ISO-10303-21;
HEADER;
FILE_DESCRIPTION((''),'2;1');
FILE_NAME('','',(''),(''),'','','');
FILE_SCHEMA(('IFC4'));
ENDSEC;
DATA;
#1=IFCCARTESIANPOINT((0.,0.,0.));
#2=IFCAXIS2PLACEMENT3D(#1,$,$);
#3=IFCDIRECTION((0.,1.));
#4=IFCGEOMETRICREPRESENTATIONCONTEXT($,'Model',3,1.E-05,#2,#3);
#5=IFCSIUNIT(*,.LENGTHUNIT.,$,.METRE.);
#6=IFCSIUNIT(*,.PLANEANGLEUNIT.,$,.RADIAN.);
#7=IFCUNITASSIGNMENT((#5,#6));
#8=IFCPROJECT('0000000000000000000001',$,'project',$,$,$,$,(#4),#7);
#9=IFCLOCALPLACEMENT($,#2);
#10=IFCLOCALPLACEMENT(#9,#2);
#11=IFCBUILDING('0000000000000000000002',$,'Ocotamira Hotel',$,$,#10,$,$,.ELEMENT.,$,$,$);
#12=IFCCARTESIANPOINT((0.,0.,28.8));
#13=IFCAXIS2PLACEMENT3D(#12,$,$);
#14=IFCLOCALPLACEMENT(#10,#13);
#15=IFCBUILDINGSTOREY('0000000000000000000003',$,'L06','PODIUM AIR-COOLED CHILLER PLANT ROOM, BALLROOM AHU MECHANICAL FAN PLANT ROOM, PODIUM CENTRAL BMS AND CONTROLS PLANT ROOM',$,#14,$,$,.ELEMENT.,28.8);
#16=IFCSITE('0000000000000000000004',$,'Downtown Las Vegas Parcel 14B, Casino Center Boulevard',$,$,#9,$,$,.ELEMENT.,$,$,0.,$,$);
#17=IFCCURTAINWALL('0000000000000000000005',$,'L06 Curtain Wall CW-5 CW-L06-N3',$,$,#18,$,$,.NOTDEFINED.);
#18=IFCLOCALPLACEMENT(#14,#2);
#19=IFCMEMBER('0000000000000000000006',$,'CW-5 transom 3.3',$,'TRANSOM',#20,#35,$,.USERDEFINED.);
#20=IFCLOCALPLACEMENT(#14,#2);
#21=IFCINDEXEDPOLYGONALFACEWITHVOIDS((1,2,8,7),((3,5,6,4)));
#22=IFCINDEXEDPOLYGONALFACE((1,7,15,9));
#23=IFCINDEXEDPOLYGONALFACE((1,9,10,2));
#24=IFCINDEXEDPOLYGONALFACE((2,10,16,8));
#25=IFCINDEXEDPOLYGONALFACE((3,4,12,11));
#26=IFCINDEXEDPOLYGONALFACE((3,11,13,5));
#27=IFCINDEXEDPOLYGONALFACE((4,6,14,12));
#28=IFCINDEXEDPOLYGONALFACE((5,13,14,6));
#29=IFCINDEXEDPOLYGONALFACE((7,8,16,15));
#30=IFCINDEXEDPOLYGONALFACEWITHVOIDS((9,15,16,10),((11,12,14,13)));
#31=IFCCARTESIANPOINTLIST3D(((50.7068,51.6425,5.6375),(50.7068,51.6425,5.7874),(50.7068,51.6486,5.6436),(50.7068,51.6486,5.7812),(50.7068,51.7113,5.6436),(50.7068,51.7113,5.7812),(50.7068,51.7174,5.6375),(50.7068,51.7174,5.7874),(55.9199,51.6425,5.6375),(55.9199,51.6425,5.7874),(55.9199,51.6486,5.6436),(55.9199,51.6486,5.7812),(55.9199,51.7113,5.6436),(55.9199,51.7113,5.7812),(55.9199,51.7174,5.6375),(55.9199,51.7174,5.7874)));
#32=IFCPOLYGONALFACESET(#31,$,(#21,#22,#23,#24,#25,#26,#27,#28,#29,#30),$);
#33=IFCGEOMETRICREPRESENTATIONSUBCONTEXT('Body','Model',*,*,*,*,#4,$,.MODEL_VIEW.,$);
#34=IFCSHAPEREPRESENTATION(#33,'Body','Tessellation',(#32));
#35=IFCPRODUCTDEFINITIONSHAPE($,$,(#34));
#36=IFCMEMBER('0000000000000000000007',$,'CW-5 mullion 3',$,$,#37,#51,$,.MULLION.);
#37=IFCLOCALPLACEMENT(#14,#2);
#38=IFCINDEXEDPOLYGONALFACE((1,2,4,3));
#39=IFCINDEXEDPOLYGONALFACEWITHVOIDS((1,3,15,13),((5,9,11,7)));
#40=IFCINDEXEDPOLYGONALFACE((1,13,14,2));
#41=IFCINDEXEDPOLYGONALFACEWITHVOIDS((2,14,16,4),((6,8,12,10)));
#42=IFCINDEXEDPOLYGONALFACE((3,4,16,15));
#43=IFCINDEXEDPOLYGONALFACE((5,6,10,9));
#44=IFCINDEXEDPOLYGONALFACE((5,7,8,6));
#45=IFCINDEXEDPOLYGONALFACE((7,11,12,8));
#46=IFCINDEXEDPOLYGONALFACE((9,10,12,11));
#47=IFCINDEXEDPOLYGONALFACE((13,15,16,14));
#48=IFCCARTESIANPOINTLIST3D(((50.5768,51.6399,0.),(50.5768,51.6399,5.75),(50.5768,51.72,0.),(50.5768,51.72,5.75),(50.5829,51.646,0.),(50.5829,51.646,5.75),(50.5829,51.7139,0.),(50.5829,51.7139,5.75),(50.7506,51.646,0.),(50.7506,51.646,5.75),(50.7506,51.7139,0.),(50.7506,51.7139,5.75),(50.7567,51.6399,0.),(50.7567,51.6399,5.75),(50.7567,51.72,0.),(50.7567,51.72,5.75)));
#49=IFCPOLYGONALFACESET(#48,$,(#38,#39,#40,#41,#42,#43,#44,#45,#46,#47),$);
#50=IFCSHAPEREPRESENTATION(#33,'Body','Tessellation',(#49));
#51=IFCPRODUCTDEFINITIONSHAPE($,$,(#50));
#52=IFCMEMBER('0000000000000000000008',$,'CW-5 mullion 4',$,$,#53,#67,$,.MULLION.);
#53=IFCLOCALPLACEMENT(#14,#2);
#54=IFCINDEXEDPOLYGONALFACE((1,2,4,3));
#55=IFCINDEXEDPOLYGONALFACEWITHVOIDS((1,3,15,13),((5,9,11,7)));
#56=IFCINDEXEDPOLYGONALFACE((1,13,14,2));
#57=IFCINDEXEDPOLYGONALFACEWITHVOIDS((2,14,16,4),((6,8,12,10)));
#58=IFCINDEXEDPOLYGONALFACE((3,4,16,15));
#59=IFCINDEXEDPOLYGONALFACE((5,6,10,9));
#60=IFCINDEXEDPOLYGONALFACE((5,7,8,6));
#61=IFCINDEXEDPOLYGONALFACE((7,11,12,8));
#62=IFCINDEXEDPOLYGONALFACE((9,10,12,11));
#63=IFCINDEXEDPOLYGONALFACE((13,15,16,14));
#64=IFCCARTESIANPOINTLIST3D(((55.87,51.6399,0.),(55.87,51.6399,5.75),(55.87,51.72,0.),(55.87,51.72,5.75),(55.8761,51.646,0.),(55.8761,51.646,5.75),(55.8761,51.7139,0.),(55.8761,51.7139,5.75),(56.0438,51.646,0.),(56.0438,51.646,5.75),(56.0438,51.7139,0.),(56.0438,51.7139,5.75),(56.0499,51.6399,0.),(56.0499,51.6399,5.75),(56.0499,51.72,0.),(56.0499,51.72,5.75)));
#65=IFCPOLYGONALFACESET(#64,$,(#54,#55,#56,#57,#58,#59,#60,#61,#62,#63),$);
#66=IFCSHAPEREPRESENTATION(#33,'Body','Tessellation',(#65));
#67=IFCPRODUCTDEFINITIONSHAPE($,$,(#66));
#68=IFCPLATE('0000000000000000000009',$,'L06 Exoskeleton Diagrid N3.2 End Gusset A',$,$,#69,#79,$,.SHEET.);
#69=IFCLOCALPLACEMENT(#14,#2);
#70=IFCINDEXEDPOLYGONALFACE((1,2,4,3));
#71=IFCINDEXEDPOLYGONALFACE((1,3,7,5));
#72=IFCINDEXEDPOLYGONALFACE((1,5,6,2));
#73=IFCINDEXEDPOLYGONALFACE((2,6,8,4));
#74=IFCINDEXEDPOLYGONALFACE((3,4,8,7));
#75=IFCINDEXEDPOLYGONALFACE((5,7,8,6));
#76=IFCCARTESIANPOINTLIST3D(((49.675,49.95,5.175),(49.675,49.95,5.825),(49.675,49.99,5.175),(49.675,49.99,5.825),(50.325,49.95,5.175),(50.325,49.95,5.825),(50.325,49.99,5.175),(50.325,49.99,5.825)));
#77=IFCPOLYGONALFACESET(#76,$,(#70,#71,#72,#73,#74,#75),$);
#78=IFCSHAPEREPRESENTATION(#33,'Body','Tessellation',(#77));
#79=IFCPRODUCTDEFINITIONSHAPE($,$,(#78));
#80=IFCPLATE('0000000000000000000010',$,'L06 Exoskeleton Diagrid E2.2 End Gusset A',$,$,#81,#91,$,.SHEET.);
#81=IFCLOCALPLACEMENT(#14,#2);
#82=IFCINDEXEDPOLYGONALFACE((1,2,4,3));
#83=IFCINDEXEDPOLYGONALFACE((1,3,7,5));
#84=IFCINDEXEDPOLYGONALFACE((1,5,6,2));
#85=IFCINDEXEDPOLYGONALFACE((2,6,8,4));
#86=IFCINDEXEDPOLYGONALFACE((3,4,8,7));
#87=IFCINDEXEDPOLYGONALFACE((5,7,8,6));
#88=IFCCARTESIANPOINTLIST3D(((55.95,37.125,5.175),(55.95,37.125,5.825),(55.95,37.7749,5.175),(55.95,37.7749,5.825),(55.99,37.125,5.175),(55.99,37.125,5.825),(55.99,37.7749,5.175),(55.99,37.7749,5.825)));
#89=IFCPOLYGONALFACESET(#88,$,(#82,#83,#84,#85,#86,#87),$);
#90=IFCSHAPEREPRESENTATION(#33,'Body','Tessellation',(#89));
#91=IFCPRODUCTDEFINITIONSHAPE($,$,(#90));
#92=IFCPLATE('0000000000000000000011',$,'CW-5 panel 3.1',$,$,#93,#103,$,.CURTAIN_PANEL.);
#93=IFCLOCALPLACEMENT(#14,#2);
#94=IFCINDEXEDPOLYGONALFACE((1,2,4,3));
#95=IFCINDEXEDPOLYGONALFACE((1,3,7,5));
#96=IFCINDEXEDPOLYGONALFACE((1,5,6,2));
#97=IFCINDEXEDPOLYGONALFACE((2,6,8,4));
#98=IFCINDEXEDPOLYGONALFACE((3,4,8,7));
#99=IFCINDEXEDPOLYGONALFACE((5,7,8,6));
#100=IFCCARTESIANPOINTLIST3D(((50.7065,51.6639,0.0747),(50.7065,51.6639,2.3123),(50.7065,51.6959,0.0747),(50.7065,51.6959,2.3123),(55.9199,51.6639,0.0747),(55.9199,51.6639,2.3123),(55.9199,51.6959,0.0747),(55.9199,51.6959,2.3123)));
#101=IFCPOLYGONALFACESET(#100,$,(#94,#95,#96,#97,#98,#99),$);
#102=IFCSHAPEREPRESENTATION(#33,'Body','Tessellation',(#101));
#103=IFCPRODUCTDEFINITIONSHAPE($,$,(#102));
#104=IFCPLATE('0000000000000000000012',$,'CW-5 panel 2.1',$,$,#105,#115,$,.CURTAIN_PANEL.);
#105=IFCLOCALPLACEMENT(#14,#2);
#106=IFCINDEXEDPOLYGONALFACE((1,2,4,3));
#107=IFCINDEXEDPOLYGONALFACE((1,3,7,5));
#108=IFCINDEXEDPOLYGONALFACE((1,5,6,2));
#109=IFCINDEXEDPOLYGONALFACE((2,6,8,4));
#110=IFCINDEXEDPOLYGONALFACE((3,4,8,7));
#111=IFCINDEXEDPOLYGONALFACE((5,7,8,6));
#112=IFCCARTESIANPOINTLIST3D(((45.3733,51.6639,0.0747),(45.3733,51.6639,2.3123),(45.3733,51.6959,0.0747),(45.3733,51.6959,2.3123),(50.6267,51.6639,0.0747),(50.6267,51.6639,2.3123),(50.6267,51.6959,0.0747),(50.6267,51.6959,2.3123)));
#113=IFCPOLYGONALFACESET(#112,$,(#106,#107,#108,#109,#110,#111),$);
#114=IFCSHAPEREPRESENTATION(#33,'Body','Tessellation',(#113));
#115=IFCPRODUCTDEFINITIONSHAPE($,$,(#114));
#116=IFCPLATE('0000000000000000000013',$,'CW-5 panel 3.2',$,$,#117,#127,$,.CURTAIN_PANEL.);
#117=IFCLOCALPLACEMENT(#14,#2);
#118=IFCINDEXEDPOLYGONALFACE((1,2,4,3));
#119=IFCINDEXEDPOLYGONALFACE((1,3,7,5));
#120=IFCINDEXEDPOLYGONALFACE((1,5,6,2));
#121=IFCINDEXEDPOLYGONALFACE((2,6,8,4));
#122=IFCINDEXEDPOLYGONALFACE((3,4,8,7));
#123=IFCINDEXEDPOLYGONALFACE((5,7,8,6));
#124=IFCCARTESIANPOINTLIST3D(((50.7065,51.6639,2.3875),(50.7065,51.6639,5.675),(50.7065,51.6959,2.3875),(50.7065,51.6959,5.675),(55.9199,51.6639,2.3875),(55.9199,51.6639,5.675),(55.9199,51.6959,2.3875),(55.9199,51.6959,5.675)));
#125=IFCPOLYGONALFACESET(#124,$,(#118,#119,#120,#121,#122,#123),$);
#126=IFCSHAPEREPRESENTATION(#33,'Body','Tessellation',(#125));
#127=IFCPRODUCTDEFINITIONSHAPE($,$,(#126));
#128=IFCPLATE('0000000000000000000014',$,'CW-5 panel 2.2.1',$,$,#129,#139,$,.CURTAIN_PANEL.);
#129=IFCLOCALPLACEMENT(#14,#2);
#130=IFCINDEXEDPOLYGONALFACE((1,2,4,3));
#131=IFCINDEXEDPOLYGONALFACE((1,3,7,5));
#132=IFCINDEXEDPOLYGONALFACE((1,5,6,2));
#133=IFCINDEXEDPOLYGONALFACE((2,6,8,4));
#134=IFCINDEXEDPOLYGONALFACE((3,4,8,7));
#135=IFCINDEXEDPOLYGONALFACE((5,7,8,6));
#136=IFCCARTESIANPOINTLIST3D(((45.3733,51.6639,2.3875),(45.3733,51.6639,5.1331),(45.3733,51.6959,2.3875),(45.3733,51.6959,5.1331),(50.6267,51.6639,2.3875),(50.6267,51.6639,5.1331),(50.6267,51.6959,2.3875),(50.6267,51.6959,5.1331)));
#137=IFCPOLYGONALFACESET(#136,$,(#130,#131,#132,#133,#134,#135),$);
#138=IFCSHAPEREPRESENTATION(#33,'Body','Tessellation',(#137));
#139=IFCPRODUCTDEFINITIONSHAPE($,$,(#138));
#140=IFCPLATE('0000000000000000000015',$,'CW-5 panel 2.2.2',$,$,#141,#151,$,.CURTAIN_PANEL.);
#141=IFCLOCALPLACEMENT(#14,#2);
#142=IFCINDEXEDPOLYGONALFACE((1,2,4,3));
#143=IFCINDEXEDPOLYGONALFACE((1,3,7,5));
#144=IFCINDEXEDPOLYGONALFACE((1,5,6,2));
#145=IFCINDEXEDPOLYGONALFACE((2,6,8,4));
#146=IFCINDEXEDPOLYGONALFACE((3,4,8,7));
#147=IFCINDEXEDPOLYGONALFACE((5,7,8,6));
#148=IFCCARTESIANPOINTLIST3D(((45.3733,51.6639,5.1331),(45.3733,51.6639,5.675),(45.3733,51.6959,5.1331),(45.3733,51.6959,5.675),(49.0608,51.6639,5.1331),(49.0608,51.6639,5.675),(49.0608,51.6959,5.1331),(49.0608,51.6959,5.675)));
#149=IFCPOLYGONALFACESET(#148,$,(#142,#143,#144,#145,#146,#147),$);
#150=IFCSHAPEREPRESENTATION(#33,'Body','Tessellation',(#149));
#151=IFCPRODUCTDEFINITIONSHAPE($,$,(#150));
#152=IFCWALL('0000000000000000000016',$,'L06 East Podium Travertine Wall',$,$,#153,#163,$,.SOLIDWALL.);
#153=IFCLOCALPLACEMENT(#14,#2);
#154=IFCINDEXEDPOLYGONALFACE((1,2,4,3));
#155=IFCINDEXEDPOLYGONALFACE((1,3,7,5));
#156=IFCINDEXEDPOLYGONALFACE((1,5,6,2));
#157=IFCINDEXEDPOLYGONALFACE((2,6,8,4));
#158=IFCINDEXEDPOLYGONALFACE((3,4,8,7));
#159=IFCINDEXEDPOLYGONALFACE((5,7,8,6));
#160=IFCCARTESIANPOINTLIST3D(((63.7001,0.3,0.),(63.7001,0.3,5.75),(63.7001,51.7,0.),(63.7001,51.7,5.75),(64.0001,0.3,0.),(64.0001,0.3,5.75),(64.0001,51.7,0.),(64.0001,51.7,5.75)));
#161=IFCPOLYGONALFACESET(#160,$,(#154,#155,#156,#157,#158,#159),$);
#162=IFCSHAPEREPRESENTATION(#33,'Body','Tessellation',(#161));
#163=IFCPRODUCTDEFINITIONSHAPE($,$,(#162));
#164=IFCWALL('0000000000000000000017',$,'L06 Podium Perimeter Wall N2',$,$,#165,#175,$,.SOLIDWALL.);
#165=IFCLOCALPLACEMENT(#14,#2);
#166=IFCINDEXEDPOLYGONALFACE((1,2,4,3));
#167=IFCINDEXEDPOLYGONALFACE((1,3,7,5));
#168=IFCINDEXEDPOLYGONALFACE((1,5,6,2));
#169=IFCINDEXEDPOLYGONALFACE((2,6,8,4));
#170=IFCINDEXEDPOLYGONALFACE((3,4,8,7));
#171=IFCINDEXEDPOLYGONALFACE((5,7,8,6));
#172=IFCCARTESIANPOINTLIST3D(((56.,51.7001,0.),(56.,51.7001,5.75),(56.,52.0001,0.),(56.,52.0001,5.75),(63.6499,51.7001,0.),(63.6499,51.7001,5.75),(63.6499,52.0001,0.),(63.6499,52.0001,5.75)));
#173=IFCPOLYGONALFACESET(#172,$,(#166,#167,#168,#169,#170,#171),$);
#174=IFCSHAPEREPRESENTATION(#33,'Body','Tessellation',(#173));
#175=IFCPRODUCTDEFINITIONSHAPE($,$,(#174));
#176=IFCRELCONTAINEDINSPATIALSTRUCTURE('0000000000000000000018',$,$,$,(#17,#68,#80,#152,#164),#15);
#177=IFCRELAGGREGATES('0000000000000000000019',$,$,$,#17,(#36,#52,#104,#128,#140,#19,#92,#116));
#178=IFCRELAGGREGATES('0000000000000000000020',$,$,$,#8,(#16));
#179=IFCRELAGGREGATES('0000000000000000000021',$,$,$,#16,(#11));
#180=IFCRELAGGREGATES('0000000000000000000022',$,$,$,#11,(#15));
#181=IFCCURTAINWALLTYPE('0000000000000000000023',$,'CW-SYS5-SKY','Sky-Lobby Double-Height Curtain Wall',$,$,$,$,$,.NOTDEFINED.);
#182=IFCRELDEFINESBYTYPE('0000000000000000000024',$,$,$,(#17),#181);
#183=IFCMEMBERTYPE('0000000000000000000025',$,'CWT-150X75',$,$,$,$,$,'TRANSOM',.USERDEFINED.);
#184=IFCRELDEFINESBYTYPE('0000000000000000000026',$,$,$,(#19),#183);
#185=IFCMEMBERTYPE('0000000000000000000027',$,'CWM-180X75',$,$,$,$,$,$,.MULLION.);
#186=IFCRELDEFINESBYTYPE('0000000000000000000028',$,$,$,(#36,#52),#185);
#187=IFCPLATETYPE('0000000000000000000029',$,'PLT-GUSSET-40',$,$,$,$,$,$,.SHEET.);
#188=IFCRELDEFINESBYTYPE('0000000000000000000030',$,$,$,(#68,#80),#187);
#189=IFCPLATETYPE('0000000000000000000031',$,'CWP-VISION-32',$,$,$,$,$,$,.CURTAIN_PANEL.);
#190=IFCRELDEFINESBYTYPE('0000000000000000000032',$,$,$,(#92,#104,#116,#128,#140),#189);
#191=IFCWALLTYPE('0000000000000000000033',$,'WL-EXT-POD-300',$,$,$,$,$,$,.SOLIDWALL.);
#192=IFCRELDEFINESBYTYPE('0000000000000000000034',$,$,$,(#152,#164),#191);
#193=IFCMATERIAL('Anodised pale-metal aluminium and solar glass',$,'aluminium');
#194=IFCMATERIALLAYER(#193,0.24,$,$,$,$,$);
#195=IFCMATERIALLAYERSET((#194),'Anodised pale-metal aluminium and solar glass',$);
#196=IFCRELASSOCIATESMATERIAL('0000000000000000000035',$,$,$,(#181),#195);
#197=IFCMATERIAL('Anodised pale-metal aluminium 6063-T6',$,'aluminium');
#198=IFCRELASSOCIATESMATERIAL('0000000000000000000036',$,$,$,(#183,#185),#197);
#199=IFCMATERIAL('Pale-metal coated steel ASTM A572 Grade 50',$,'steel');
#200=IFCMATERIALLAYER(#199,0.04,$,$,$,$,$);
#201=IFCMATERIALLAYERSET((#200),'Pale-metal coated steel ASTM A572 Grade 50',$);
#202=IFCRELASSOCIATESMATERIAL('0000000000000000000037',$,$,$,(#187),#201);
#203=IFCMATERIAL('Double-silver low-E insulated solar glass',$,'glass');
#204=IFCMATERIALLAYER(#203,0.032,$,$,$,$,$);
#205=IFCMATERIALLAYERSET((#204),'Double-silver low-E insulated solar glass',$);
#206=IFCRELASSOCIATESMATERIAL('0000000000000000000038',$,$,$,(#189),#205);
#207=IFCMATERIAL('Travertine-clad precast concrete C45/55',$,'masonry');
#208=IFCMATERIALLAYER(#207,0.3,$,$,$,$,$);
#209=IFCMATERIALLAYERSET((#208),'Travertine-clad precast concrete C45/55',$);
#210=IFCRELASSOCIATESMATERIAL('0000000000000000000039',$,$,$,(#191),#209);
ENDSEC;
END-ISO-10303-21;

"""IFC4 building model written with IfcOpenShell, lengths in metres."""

from ifc_helpers import new_model, si_unit, direction, frame, frame_2d, origin, origin_2d, place, context, subcontext, project, spatial, rectangle, hollow_rectangle, extrude, source, transform, mapped, material, layer, layer_set, material_profile, profile_set, type_object, element, aggregate, save


model = new_model("IFC4")

# Units and contexts
model_context = context("Model", 3, precision=1e-05, world=origin(), true_north=direction((0.0, 1.0)))
body_context = subcontext(model_context, "Body", "Model", "MODEL_VIEW")
ifc_project = project(units=[si_unit("LENGTHUNIT", "METRE"), si_unit("PLANEANGLEUNIT", "RADIAN")], contexts=[model_context])

# Site, building, storey
site_placement = place(None, origin())
site = spatial("IfcSite", under=ifc_project, at=site_placement, Name="Downtown Las Vegas Parcel 14B, Casino Center Boulevard", CompositionType="ELEMENT", RefElevation=0.0)
building_placement = place(site_placement, origin())
building = spatial("IfcBuilding", under=site, at=building_placement, Name="Ocotamira Hotel", CompositionType="ELEMENT")
storey_placement = place(building_placement, frame((0.0, 0.0, 28.8)))
storey = spatial("IfcBuildingStorey", under=building, at=storey_placement, Name="L06", Description="PODIUM AIR-COOLED CHILLER PLANT ROOM, BALLROOM AHU MECHANICAL FAN PLANT ROOM, PODIUM CENTRAL BMS AND CONTROLS PLANT ROOM", CompositionType="ELEMENT", Elevation=28.8)

# Curtain wall, members
ifc_material_1 = material(Name="Anodised pale-metal aluminium and solar glass", Category="aluminium")
ifc_layer_1 = layer(ifc_material_1, 0.24)
ifc_layer_set_1 = layer_set([ifc_layer_1], Name="Anodised pale-metal aluminium and solar glass")
curtain_wall_type = type_object("IfcCurtainWallType", Name="CW-SYS5-SKY", Description="Sky-Lobby Double-Height Curtain Wall", PredefinedType="NOTDEFINED", material=ifc_layer_set_1)
curtain_wall_placement = place(storey_placement, origin())
curtain_wall = element("IfcCurtainWall", 1, at=curtain_wall_placement, inside=storey, type_object=curtain_wall_type, Name="L06 Curtain Wall CW-5 CW-L06-N3", PredefinedType="NOTDEFINED")
ifc_material_2 = material(Name="Anodised pale-metal aluminium 6063-T6", Category="aluminium")
ifc_material_profile_1 = material_profile(ifc_material_2, hollow_rectangle(XDim=0.075, YDim=0.1499, WallThickness=0.0061, at=origin_2d()), Name="HSS150X75X6")
ifc_profile_set_1 = profile_set([ifc_material_profile_1], Name="Anodised pale-metal aluminium 6063-T6")
member_type_1 = type_object("IfcMemberType", Name="CWT-150X75", ElementType="TRANSOM", PredefinedType="USERDEFINED", material=ifc_profile_set_1)
shared_shape_1 = source(origin(), body_context, "Body", "SweptSolid", [
    extrude(hollow_rectangle(XDim=0.075, YDim=0.1499, WallThickness=0.0061, at=origin_2d()), origin(), (0.0, 0.0, 1.0), 5.2131),
])
member_1_placement = place(storey_placement, frame((50.7068, 51.6799, 5.7124), z_axis=(1.0, 0.0, 0.0), x_axis=(0.0, 1.0, 0.0)))
member_1 = element("IfcMember", 2, at=member_1_placement, type_object=member_type_1, Name="CW-5 transom 3.3", ObjectType="TRANSOM", PredefinedType="USERDEFINED", context=body_context, shape_type="MappedRepresentation", body=[
    mapped(shared_shape_1, transform((0.0, 0.0, 0.0), scale=1.0)),
])
ifc_material_profile_2 = material_profile(ifc_material_2, hollow_rectangle(XDim=0.0801, YDim=0.1799, WallThickness=0.0061, at=origin_2d()), Name="HSS180X80X6")
ifc_profile_set_2 = profile_set([ifc_material_profile_2], Name="Anodised pale-metal aluminium 6063-T6")
member_type_2 = type_object("IfcMemberType", Name="CWM-180X75", PredefinedType="MULLION", material=ifc_profile_set_2)
shared_shape_2 = source(origin(), body_context, "Body", "SweptSolid", [
    extrude(hollow_rectangle(XDim=0.0801, YDim=0.1799, WallThickness=0.0061, at=origin_2d()), origin(), (0.0, 0.0, 1.0), 5.75),
])
member_2_placement = place(storey_placement, frame((50.6667, 51.6799, 0.0), z_axis=(0.0, 0.0, 1.0), x_axis=(0.0, 1.0, 0.0)))
member_2 = element("IfcMember", 3, at=member_2_placement, type_object=member_type_2, Name="CW-5 mullion 3", PredefinedType="MULLION", context=body_context, shape_type="MappedRepresentation", body=[
    mapped(shared_shape_2, transform((0.0, 0.0, 0.0), scale=1.0)),
])
member_3_placement = place(storey_placement, frame((55.96, 51.6799, 0.0), z_axis=(0.0, 0.0, 1.0), x_axis=(0.0, 1.0, 0.0)))
member_3 = element("IfcMember", 4, at=member_3_placement, type_object=member_type_2, Name="CW-5 mullion 4", PredefinedType="MULLION", context=body_context, shape_type="MappedRepresentation", body=[
    mapped(shared_shape_2, transform((0.0, 0.0, 0.0), scale=1.0)),
])

# Plates
ifc_material_3 = material(Name="Pale-metal coated steel ASTM A572 Grade 50", Category="steel")
ifc_layer_2 = layer(ifc_material_3, 0.04)
ifc_layer_set_2 = layer_set([ifc_layer_2], Name="Pale-metal coated steel ASTM A572 Grade 50")
plate_type_1 = type_object("IfcPlateType", Name="PLT-GUSSET-40", PredefinedType="SHEET", material=ifc_layer_set_2)
shared_shape_3 = source(origin(), body_context, "Body", "SweptSolid", [
    extrude(rectangle(XDim=0.6499, YDim=0.04, at=origin_2d()), origin(), (0.0, 0.0, 1.0), 0.6499),
])
plate_1_placement = place(storey_placement, frame((50.0, 49.97, 5.175), z_axis=(0.0, 0.0, 1.0), x_axis=(-1.0, 0.0, 0.0)))
element("IfcPlate", 5, at=plate_1_placement, inside=storey, type_object=plate_type_1, Name="L06 Exoskeleton Diagrid N3.2 End Gusset A", PredefinedType="SHEET", context=body_context, shape_type="MappedRepresentation", body=[
    mapped(shared_shape_3, transform((0.0, 0.0, 0.0), scale=1.0)),
])
shared_shape_4 = source(origin(), body_context, "Body", "SweptSolid", [
    extrude(rectangle(XDim=0.04, YDim=0.6499, at=origin_2d()), origin(), (0.0, 0.0, 1.0), 0.6499),
])
plate_2_placement = place(storey_placement, frame((55.97, 37.45, 5.175), z_axis=(0.0, 0.0, 1.0), x_axis=(1.0, 0.0, 0.0)))
element("IfcPlate", 6, at=plate_2_placement, inside=storey, type_object=plate_type_1, Name="L06 Exoskeleton Diagrid E2.2 End Gusset A", PredefinedType="SHEET", context=body_context, shape_type="MappedRepresentation", body=[
    mapped(shared_shape_4, transform((0.0, 0.0, 0.0), scale=1.0)),
])

# Plates
ifc_material_4 = material(Name="Double-silver low-E insulated solar glass", Category="glass")
ifc_layer_3 = layer(ifc_material_4, 0.032)
ifc_layer_set_3 = layer_set([ifc_layer_3], Name="Double-silver low-E insulated solar glass")
plate_type_2 = type_object("IfcPlateType", Name="CWP-VISION-32", PredefinedType="CURTAIN_PANEL", material=ifc_layer_set_3)
shared_shape_5 = source(origin(), body_context, "Body", "SweptSolid", [
    extrude(rectangle(XDim=5.2134, YDim=0.032, at=origin_2d()), origin(), (0.0, 0.0, 1.0), 2.2375),
])
plate_3_placement = place(storey_placement, frame((53.3132, 51.6799, 0.0747), z_axis=(0.0, 0.0, 1.0), x_axis=(1.0, 0.0, 0.0)))
plate_3 = element("IfcPlate", 7, at=plate_3_placement, type_object=plate_type_2, Name="CW-5 panel 3.1", PredefinedType="CURTAIN_PANEL", context=body_context, shape_type="MappedRepresentation", body=[
    mapped(shared_shape_5, transform((0.0, 0.0, 0.0), scale=1.0)),
])
shared_shape_6 = source(origin(), body_context, "Body", "SweptSolid", [
    extrude(rectangle(XDim=5.2534, YDim=0.032, at=origin_2d()), origin(), (0.0, 0.0, 1.0), 2.2375),
])
plate_4_placement = place(storey_placement, frame((48.0, 51.6799, 0.0747), z_axis=(0.0, 0.0, 1.0), x_axis=(1.0, 0.0, 0.0)))
plate_4 = element("IfcPlate", 8, at=plate_4_placement, type_object=plate_type_2, Name="CW-5 panel 2.1", PredefinedType="CURTAIN_PANEL", context=body_context, shape_type="MappedRepresentation", body=[
    mapped(shared_shape_6, transform((0.0, 0.0, 0.0), scale=1.0)),
])
shared_shape_7 = source(origin(), body_context, "Body", "SweptSolid", [
    extrude(rectangle(XDim=5.2134, YDim=0.032, at=origin_2d()), origin(), (0.0, 0.0, 1.0), 3.2876),
])
plate_5_placement = place(storey_placement, frame((53.3132, 51.6799, 2.3875), z_axis=(0.0, 0.0, 1.0), x_axis=(1.0, 0.0, 0.0)))
plate_5 = element("IfcPlate", 9, at=plate_5_placement, type_object=plate_type_2, Name="CW-5 panel 3.2", PredefinedType="CURTAIN_PANEL", context=body_context, shape_type="MappedRepresentation", body=[
    mapped(shared_shape_7, transform((0.0, 0.0, 0.0), scale=1.0)),
])
shared_shape_8 = source(origin(), body_context, "Body", "SweptSolid", [
    extrude(rectangle(XDim=5.2534, YDim=0.032, at=origin_2d()), origin(), (0.0, 0.0, 1.0), 2.7456),
])
plate_6_placement = place(storey_placement, frame((48.0, 51.6799, 2.3875), z_axis=(0.0, 0.0, 1.0), x_axis=(1.0, 0.0, 0.0)))
plate_6 = element("IfcPlate", 10, at=plate_6_placement, type_object=plate_type_2, Name="CW-5 panel 2.2.1", PredefinedType="CURTAIN_PANEL", context=body_context, shape_type="MappedRepresentation", body=[
    mapped(shared_shape_8, transform((0.0, 0.0, 0.0), scale=1.0)),
])
shared_shape_9 = source(origin(), body_context, "Body", "SweptSolid", [
    extrude(rectangle(XDim=3.6875, YDim=0.032, at=origin_2d()), origin(), (0.0, 0.0, 1.0), 0.542),
])
plate_7_placement = place(storey_placement, frame((47.217, 51.6799, 5.1331), z_axis=(0.0, 0.0, 1.0), x_axis=(1.0, 0.0, 0.0)))
plate_7 = element("IfcPlate", 11, at=plate_7_placement, type_object=plate_type_2, Name="CW-5 panel 2.2.2", PredefinedType="CURTAIN_PANEL", context=body_context, shape_type="MappedRepresentation", body=[
    mapped(shared_shape_9, transform((0.0, 0.0, 0.0), scale=1.0)),
])
aggregate(curtain_wall, [member_2, member_3, plate_4, plate_6, plate_7, member_1, plate_3, plate_5])

# Walls
ifc_material_5 = material(Name="Travertine-clad precast concrete C45/55", Category="masonry")
ifc_layer_4 = layer(ifc_material_5, 0.3)
ifc_layer_set_4 = layer_set([ifc_layer_4], Name="Travertine-clad precast concrete C45/55")
wall_type_1 = type_object("IfcWallType", Name="WL-EXT-POD-300", PredefinedType="SOLIDWALL", material=ifc_layer_set_4)
wall_1_placement = place(storey_placement, frame((63.8501, 51.7, 0.0), z_axis=(0.0, 0.0, 1.0), x_axis=(0.0, -1.0, 0.0)))
element("IfcWall", 12, at=wall_1_placement, inside=storey, type_object=wall_type_1, Name="L06 East Podium Travertine Wall", PredefinedType="SOLIDWALL", context=body_context, shape_type="SweptSolid", body=[
    extrude(rectangle(XDim=51.3999, YDim=0.3, at=frame_2d((25.7, 0.0))), origin(), (0.0, 0.0, 1.0), 5.75),
])
wall_2_placement = place(storey_placement, frame((56.0, 51.8501, 0.0), z_axis=(0.0, 0.0, 1.0), x_axis=(1.0, 0.0, 0.0)))
element("IfcWall", 13, at=wall_2_placement, inside=storey, type_object=wall_type_1, Name="L06 Podium Perimeter Wall N2", PredefinedType="SOLIDWALL", context=body_context, shape_type="SweptSolid", body=[
    extrude(rectangle(XDim=7.6499, YDim=0.3, at=frame_2d((3.825, 0.0))), origin(), (0.0, 0.0, 1.0), 5.75),
])

save(model, "model.ifc")
